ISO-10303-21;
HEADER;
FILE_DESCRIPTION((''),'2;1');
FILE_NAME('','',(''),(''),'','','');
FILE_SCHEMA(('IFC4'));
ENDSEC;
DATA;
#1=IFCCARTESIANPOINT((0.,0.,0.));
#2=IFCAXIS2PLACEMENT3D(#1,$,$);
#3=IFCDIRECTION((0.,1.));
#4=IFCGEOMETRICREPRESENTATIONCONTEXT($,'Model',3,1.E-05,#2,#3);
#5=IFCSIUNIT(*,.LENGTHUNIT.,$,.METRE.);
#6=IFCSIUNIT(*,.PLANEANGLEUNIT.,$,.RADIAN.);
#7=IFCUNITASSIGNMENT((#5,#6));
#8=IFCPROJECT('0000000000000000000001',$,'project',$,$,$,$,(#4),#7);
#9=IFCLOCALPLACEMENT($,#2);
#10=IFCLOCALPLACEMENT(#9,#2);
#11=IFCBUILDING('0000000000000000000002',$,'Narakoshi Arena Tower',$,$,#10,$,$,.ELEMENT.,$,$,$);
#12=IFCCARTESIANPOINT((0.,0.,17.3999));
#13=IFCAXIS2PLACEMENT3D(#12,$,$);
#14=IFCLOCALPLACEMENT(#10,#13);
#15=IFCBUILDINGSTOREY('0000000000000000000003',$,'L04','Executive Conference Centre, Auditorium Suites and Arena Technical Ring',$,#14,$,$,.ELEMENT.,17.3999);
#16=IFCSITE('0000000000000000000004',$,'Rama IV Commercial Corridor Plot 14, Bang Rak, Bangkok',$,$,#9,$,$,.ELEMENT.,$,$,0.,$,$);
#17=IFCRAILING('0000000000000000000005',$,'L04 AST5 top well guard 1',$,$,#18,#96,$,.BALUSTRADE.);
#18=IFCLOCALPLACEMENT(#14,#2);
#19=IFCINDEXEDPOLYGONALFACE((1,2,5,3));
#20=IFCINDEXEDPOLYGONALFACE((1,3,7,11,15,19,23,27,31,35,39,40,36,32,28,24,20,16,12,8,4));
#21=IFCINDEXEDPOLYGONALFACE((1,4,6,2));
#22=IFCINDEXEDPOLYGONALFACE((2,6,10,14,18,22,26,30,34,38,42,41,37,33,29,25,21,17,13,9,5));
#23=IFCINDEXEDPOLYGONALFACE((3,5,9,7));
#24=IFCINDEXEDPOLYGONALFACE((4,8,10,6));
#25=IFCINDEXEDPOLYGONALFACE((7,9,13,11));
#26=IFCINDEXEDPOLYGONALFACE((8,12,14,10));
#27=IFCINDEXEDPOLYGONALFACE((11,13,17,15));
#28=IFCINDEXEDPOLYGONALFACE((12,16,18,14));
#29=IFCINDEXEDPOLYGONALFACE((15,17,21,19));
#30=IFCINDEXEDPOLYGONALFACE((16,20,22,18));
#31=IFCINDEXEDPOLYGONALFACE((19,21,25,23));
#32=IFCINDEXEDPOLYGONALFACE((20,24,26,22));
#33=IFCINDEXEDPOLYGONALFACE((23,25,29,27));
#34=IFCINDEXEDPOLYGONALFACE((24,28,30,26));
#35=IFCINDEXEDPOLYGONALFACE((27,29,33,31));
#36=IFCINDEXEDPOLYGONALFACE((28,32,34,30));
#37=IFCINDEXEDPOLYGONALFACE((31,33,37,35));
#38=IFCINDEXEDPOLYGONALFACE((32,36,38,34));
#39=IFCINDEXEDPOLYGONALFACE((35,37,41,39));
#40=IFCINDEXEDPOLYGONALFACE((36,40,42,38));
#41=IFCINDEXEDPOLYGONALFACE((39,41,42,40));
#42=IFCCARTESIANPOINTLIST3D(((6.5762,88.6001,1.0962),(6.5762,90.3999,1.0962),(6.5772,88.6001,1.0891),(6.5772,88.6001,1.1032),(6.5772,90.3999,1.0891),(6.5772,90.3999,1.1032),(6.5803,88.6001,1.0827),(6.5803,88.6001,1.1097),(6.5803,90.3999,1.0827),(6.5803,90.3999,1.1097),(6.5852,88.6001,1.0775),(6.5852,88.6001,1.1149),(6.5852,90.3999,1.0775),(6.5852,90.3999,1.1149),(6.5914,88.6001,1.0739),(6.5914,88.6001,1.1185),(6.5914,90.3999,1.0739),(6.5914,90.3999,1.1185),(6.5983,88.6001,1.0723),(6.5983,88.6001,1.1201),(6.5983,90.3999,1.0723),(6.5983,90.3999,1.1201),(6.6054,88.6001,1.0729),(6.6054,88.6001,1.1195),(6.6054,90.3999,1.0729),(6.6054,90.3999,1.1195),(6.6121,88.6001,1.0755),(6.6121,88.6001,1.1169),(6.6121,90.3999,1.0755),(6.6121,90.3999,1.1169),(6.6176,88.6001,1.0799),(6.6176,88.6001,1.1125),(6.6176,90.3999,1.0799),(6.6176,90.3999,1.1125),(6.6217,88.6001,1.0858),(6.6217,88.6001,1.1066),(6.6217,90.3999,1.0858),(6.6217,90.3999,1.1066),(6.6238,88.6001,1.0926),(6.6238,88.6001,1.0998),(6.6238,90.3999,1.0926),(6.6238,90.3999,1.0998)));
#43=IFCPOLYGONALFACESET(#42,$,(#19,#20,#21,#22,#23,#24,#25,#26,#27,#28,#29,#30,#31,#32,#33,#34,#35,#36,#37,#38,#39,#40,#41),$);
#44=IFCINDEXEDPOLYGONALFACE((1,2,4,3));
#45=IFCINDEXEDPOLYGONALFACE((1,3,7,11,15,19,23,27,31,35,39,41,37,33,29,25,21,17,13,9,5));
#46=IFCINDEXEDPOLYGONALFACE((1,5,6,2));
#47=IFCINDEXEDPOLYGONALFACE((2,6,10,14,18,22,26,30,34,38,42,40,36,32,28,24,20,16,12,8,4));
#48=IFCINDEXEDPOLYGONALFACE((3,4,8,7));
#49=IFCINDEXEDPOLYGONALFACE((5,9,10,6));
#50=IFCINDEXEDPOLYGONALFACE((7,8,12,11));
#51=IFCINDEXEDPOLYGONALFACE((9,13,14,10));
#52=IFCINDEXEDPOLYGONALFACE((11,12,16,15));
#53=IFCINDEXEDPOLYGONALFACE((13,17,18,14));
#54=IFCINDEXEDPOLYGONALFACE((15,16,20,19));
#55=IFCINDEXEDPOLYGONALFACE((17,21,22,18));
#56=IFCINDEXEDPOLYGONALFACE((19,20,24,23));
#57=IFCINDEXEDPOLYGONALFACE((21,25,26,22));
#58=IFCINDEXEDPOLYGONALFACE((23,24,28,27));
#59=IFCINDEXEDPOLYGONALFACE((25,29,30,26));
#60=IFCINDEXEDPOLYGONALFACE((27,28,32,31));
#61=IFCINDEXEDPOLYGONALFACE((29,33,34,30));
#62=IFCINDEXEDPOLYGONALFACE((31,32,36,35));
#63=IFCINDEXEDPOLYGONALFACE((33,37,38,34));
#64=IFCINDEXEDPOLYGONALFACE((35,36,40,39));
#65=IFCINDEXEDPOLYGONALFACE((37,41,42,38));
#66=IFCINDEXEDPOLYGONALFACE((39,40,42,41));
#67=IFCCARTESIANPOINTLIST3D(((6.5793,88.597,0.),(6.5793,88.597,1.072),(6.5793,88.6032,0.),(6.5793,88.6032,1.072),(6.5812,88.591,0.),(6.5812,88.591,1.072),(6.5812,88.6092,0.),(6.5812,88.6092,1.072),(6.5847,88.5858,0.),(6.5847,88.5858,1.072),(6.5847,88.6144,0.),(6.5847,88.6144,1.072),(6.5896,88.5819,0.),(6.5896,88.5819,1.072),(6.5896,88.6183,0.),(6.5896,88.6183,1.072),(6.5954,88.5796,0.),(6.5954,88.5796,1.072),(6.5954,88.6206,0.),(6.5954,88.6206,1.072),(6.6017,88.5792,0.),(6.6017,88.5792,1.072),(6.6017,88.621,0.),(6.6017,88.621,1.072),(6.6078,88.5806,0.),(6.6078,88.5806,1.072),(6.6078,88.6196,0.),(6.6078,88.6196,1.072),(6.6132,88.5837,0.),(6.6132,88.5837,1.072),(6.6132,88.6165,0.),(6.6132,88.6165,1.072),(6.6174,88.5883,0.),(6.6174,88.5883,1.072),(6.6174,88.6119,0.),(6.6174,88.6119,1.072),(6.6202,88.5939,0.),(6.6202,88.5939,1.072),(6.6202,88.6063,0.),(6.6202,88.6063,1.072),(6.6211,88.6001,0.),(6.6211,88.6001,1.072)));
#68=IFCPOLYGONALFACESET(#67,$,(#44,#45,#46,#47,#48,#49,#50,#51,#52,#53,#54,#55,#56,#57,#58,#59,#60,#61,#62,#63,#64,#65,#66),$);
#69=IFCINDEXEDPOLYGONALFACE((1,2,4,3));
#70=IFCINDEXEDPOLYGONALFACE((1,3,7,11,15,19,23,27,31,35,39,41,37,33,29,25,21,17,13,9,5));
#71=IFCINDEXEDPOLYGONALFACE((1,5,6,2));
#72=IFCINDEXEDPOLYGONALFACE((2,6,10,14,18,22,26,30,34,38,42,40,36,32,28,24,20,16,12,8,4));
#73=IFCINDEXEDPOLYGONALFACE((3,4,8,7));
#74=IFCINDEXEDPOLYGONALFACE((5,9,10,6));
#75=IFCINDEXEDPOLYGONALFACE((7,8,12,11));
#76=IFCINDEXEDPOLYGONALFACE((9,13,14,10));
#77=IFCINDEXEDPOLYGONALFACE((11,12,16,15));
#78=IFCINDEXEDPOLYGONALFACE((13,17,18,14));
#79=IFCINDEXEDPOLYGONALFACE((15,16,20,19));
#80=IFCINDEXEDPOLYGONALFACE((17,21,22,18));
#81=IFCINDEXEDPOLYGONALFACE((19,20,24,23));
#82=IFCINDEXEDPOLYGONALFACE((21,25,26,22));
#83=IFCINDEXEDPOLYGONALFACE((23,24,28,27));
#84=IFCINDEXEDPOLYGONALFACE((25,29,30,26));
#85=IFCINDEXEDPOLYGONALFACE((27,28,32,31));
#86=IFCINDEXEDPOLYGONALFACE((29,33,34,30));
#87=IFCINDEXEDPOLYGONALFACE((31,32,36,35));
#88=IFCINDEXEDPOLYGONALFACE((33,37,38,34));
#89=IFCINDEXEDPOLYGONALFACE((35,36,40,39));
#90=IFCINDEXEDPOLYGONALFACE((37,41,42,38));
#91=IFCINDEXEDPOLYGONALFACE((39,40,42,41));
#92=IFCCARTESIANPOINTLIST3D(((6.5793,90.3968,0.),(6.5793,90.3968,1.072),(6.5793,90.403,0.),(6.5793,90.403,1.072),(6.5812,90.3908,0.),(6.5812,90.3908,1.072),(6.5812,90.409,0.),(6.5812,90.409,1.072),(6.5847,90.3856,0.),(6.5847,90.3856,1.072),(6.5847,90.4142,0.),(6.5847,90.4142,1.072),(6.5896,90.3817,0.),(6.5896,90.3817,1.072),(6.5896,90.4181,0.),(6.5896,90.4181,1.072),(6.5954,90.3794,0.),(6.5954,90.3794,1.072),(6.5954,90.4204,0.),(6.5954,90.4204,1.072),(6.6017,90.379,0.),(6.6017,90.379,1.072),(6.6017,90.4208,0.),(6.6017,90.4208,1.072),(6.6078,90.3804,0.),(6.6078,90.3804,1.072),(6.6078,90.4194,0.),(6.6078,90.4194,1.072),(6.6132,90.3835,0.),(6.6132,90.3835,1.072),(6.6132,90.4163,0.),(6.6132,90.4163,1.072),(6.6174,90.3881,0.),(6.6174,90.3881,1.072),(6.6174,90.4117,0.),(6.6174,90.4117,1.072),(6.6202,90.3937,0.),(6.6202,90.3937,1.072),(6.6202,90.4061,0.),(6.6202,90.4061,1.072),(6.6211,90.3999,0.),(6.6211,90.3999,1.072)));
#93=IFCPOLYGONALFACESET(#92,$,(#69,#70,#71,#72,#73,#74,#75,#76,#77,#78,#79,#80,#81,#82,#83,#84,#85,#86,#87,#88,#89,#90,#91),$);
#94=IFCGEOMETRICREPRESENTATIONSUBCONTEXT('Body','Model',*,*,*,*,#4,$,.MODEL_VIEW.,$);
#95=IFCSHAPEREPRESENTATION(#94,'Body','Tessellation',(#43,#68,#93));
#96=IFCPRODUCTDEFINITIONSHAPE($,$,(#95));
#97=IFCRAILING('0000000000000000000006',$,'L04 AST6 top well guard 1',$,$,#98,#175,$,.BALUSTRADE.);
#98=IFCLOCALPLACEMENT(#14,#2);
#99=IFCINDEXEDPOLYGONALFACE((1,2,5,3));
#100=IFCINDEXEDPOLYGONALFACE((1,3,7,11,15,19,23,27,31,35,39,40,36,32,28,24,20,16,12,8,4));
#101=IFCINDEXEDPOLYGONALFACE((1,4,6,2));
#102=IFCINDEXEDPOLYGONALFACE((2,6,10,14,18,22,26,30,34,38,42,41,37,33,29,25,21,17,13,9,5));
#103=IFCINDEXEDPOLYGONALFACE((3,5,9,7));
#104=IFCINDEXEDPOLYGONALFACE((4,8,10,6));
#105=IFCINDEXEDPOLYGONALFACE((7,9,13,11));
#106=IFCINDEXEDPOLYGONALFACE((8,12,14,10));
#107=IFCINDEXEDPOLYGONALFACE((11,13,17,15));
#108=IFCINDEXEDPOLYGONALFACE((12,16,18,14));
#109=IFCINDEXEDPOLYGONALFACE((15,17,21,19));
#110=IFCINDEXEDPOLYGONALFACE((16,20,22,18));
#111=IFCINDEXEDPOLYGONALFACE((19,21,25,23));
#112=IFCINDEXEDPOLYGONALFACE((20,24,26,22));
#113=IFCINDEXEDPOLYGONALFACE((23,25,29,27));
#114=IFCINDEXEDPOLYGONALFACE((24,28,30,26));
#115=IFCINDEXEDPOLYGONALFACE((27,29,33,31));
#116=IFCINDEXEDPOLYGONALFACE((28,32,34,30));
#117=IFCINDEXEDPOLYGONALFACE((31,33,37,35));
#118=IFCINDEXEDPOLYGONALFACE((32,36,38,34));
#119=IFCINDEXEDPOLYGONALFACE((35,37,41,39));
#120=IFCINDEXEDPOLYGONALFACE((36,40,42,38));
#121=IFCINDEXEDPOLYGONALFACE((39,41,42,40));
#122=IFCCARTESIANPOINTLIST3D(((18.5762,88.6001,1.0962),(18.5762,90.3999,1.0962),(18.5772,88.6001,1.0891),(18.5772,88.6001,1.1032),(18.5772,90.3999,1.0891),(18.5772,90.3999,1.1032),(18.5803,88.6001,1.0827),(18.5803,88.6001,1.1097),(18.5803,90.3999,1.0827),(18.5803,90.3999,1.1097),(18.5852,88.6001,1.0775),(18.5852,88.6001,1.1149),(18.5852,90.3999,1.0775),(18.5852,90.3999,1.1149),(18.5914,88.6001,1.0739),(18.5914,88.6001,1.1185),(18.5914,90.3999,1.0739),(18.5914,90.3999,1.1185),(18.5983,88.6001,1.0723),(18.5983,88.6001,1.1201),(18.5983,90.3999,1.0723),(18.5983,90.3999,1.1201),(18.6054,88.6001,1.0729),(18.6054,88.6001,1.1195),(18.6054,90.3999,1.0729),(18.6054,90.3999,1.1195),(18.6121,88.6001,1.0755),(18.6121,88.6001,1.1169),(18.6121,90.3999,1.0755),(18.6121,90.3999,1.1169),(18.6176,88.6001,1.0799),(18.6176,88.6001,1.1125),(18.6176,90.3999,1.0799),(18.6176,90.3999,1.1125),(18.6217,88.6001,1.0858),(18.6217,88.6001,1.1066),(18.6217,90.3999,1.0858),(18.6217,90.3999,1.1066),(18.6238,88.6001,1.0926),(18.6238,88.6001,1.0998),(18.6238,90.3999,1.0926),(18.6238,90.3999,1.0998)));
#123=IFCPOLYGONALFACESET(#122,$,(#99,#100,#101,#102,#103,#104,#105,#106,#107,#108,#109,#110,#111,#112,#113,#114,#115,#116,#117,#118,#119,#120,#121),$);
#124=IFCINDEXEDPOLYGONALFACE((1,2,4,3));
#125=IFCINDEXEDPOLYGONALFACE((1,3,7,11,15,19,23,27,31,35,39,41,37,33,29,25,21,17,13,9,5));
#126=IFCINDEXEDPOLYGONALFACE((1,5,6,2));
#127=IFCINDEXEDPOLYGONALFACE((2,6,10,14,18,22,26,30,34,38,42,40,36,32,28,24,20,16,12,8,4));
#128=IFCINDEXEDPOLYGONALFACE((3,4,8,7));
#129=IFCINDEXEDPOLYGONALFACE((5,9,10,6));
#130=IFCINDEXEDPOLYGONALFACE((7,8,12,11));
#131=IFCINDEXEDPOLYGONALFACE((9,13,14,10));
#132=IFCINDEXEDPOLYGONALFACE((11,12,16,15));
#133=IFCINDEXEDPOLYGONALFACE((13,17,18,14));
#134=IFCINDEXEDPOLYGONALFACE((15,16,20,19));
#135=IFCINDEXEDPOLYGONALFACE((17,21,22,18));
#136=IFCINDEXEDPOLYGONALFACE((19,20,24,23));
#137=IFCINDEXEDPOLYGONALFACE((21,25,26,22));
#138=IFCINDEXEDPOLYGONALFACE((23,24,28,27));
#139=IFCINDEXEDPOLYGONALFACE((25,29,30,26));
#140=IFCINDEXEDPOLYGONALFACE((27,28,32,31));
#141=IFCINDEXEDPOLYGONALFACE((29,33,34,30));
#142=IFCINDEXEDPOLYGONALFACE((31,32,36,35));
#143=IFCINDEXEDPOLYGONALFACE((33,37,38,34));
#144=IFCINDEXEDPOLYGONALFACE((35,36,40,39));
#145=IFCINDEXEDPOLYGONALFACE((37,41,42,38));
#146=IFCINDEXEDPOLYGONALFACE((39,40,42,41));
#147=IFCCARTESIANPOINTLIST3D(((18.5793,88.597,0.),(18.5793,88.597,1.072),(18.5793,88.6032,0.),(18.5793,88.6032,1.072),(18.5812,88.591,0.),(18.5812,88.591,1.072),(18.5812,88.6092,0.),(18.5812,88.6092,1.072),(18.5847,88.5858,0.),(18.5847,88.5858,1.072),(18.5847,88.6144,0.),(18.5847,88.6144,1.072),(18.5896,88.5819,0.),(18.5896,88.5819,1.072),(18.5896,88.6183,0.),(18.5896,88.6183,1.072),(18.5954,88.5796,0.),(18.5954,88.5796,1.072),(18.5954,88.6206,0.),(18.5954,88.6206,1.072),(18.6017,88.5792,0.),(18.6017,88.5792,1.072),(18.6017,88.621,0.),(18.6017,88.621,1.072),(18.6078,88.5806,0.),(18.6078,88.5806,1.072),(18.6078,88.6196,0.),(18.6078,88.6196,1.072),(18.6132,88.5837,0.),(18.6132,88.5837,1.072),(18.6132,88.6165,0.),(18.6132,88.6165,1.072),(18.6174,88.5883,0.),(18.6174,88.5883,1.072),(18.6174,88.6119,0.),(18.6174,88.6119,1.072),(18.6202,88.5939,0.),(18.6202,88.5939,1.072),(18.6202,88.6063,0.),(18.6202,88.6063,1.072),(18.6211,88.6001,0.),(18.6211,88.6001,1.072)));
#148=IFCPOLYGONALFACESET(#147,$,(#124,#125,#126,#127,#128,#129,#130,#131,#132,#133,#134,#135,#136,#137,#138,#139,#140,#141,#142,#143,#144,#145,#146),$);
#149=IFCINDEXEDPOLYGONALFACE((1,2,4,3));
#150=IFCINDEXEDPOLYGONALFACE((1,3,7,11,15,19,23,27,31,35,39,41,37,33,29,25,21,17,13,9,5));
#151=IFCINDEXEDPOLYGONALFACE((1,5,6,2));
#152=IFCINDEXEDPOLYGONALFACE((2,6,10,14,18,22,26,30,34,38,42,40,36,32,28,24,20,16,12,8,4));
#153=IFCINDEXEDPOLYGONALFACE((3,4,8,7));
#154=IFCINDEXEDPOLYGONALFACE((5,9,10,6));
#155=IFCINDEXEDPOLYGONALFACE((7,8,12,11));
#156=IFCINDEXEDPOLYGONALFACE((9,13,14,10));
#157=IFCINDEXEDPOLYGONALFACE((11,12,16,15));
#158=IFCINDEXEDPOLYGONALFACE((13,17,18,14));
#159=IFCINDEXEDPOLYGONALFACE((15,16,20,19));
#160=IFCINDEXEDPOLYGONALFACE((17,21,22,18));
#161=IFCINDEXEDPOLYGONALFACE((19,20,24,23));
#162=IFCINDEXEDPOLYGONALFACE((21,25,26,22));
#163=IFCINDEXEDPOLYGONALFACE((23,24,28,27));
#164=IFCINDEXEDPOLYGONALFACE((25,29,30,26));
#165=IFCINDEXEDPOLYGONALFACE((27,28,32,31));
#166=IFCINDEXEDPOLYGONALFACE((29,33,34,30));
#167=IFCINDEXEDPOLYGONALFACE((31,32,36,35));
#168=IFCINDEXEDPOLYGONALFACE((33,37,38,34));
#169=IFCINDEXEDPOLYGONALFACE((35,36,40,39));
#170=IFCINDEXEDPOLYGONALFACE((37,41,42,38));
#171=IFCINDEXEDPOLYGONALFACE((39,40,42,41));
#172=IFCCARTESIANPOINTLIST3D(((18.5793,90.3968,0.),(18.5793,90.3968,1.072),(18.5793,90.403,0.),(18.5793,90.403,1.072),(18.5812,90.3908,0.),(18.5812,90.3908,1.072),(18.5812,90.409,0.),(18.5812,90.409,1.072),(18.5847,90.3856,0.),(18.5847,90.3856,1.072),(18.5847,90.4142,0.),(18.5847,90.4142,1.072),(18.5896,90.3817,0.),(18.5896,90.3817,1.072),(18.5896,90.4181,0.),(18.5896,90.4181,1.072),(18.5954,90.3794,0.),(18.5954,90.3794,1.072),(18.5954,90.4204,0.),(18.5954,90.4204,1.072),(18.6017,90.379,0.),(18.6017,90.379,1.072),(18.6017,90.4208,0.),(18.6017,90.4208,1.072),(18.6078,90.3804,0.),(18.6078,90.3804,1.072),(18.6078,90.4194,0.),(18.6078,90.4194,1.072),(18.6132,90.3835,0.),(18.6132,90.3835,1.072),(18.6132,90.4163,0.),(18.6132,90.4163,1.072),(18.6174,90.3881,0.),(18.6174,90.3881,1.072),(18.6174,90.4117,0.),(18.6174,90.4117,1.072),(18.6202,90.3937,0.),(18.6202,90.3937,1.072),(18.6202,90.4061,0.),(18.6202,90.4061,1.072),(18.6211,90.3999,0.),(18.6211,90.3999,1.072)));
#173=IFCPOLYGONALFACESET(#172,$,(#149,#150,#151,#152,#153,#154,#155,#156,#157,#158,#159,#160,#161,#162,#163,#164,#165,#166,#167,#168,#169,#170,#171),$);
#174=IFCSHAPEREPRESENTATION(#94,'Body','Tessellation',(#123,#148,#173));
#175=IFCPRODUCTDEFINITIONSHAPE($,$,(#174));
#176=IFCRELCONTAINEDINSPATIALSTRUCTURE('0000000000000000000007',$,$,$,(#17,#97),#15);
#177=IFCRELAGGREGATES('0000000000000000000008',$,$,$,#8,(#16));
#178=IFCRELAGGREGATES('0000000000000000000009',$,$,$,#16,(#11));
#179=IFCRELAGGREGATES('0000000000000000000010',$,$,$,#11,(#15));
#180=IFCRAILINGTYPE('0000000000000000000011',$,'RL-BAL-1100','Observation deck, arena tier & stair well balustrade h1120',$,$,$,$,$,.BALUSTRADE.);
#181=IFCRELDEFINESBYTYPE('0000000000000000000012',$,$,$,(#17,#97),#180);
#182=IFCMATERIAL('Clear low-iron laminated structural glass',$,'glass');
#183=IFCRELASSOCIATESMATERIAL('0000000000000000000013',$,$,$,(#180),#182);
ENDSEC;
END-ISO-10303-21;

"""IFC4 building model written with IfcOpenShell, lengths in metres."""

from ifc_helpers import new_model, si_unit, direction, frame, origin, origin_2d, place, context, subcontext, project, spatial, circle, extrude, material, type_object, element, save


model = new_model("IFC4")

# Units and contexts
model_context = context("Model", 3, precision=1e-05, world=origin(), true_north=direction((0.0, 1.0)))
body_context = subcontext(model_context, "Body", "Model", "MODEL_VIEW")
ifc_project = project(units=[si_unit("LENGTHUNIT", "METRE"), si_unit("PLANEANGLEUNIT", "RADIAN")], contexts=[model_context])

# Site, building, storey
site_placement = place(None, origin())
site = spatial("IfcSite", under=ifc_project, at=site_placement, Name="Rama IV Commercial Corridor Plot 14, Bang Rak, Bangkok", CompositionType="ELEMENT", RefElevation=0.0)
building_placement = place(site_placement, origin())
building = spatial("IfcBuilding", under=site, at=building_placement, Name="Narakoshi Arena Tower", CompositionType="ELEMENT")
storey_placement = place(building_placement, frame((0.0, 0.0, 17.3999)))
storey = spatial("IfcBuildingStorey", under=building, at=storey_placement, Name="L04", Description="Executive Conference Centre, Auditorium Suites and Arena Technical Ring", CompositionType="ELEMENT", Elevation=17.3999)

# Railings
ifc_material_1 = material(Name="Clear low-iron laminated structural glass", Category="glass")
railing_type = type_object("IfcRailingType", Name="RL-BAL-1100", Description="Observation deck, arena tier & stair well balustrade h1120", PredefinedType="BALUSTRADE", material=ifc_material_1)
for number, where, name in (
    (1, (6.6001, 88.6001, 0.0), "L04 AST5 top well guard 1"),
    (2, (18.6001, 88.6001, 0.0), "L04 AST6 top well guard 1"),
):
    element("IfcRailing", number, at=place(storey_placement, frame(where)), inside=storey, type_object=railing_type, Name=name, PredefinedType="BALUSTRADE", context=body_context, shape_type="SweptSolid", body=[
        extrude(circle(Radius=0.0239, at=origin_2d()), frame((0.0, 0.0, 1.0962), z_axis=(0.0, 1.0, 0.0), x_axis=(-1.0, 0.0, 0.0)), (0.0, 0.0, 1.0), 1.7998),
        extrude(circle(Radius=0.021, at=origin_2d()), origin(), (0.0, 0.0, 1.0), 1.072),
        extrude(circle(Radius=0.021, at=origin_2d()), frame((0.0, 1.7998, 0.0)), (0.0, 0.0, 1.0), 1.072),
    ])

save(model, "model.ifc")
